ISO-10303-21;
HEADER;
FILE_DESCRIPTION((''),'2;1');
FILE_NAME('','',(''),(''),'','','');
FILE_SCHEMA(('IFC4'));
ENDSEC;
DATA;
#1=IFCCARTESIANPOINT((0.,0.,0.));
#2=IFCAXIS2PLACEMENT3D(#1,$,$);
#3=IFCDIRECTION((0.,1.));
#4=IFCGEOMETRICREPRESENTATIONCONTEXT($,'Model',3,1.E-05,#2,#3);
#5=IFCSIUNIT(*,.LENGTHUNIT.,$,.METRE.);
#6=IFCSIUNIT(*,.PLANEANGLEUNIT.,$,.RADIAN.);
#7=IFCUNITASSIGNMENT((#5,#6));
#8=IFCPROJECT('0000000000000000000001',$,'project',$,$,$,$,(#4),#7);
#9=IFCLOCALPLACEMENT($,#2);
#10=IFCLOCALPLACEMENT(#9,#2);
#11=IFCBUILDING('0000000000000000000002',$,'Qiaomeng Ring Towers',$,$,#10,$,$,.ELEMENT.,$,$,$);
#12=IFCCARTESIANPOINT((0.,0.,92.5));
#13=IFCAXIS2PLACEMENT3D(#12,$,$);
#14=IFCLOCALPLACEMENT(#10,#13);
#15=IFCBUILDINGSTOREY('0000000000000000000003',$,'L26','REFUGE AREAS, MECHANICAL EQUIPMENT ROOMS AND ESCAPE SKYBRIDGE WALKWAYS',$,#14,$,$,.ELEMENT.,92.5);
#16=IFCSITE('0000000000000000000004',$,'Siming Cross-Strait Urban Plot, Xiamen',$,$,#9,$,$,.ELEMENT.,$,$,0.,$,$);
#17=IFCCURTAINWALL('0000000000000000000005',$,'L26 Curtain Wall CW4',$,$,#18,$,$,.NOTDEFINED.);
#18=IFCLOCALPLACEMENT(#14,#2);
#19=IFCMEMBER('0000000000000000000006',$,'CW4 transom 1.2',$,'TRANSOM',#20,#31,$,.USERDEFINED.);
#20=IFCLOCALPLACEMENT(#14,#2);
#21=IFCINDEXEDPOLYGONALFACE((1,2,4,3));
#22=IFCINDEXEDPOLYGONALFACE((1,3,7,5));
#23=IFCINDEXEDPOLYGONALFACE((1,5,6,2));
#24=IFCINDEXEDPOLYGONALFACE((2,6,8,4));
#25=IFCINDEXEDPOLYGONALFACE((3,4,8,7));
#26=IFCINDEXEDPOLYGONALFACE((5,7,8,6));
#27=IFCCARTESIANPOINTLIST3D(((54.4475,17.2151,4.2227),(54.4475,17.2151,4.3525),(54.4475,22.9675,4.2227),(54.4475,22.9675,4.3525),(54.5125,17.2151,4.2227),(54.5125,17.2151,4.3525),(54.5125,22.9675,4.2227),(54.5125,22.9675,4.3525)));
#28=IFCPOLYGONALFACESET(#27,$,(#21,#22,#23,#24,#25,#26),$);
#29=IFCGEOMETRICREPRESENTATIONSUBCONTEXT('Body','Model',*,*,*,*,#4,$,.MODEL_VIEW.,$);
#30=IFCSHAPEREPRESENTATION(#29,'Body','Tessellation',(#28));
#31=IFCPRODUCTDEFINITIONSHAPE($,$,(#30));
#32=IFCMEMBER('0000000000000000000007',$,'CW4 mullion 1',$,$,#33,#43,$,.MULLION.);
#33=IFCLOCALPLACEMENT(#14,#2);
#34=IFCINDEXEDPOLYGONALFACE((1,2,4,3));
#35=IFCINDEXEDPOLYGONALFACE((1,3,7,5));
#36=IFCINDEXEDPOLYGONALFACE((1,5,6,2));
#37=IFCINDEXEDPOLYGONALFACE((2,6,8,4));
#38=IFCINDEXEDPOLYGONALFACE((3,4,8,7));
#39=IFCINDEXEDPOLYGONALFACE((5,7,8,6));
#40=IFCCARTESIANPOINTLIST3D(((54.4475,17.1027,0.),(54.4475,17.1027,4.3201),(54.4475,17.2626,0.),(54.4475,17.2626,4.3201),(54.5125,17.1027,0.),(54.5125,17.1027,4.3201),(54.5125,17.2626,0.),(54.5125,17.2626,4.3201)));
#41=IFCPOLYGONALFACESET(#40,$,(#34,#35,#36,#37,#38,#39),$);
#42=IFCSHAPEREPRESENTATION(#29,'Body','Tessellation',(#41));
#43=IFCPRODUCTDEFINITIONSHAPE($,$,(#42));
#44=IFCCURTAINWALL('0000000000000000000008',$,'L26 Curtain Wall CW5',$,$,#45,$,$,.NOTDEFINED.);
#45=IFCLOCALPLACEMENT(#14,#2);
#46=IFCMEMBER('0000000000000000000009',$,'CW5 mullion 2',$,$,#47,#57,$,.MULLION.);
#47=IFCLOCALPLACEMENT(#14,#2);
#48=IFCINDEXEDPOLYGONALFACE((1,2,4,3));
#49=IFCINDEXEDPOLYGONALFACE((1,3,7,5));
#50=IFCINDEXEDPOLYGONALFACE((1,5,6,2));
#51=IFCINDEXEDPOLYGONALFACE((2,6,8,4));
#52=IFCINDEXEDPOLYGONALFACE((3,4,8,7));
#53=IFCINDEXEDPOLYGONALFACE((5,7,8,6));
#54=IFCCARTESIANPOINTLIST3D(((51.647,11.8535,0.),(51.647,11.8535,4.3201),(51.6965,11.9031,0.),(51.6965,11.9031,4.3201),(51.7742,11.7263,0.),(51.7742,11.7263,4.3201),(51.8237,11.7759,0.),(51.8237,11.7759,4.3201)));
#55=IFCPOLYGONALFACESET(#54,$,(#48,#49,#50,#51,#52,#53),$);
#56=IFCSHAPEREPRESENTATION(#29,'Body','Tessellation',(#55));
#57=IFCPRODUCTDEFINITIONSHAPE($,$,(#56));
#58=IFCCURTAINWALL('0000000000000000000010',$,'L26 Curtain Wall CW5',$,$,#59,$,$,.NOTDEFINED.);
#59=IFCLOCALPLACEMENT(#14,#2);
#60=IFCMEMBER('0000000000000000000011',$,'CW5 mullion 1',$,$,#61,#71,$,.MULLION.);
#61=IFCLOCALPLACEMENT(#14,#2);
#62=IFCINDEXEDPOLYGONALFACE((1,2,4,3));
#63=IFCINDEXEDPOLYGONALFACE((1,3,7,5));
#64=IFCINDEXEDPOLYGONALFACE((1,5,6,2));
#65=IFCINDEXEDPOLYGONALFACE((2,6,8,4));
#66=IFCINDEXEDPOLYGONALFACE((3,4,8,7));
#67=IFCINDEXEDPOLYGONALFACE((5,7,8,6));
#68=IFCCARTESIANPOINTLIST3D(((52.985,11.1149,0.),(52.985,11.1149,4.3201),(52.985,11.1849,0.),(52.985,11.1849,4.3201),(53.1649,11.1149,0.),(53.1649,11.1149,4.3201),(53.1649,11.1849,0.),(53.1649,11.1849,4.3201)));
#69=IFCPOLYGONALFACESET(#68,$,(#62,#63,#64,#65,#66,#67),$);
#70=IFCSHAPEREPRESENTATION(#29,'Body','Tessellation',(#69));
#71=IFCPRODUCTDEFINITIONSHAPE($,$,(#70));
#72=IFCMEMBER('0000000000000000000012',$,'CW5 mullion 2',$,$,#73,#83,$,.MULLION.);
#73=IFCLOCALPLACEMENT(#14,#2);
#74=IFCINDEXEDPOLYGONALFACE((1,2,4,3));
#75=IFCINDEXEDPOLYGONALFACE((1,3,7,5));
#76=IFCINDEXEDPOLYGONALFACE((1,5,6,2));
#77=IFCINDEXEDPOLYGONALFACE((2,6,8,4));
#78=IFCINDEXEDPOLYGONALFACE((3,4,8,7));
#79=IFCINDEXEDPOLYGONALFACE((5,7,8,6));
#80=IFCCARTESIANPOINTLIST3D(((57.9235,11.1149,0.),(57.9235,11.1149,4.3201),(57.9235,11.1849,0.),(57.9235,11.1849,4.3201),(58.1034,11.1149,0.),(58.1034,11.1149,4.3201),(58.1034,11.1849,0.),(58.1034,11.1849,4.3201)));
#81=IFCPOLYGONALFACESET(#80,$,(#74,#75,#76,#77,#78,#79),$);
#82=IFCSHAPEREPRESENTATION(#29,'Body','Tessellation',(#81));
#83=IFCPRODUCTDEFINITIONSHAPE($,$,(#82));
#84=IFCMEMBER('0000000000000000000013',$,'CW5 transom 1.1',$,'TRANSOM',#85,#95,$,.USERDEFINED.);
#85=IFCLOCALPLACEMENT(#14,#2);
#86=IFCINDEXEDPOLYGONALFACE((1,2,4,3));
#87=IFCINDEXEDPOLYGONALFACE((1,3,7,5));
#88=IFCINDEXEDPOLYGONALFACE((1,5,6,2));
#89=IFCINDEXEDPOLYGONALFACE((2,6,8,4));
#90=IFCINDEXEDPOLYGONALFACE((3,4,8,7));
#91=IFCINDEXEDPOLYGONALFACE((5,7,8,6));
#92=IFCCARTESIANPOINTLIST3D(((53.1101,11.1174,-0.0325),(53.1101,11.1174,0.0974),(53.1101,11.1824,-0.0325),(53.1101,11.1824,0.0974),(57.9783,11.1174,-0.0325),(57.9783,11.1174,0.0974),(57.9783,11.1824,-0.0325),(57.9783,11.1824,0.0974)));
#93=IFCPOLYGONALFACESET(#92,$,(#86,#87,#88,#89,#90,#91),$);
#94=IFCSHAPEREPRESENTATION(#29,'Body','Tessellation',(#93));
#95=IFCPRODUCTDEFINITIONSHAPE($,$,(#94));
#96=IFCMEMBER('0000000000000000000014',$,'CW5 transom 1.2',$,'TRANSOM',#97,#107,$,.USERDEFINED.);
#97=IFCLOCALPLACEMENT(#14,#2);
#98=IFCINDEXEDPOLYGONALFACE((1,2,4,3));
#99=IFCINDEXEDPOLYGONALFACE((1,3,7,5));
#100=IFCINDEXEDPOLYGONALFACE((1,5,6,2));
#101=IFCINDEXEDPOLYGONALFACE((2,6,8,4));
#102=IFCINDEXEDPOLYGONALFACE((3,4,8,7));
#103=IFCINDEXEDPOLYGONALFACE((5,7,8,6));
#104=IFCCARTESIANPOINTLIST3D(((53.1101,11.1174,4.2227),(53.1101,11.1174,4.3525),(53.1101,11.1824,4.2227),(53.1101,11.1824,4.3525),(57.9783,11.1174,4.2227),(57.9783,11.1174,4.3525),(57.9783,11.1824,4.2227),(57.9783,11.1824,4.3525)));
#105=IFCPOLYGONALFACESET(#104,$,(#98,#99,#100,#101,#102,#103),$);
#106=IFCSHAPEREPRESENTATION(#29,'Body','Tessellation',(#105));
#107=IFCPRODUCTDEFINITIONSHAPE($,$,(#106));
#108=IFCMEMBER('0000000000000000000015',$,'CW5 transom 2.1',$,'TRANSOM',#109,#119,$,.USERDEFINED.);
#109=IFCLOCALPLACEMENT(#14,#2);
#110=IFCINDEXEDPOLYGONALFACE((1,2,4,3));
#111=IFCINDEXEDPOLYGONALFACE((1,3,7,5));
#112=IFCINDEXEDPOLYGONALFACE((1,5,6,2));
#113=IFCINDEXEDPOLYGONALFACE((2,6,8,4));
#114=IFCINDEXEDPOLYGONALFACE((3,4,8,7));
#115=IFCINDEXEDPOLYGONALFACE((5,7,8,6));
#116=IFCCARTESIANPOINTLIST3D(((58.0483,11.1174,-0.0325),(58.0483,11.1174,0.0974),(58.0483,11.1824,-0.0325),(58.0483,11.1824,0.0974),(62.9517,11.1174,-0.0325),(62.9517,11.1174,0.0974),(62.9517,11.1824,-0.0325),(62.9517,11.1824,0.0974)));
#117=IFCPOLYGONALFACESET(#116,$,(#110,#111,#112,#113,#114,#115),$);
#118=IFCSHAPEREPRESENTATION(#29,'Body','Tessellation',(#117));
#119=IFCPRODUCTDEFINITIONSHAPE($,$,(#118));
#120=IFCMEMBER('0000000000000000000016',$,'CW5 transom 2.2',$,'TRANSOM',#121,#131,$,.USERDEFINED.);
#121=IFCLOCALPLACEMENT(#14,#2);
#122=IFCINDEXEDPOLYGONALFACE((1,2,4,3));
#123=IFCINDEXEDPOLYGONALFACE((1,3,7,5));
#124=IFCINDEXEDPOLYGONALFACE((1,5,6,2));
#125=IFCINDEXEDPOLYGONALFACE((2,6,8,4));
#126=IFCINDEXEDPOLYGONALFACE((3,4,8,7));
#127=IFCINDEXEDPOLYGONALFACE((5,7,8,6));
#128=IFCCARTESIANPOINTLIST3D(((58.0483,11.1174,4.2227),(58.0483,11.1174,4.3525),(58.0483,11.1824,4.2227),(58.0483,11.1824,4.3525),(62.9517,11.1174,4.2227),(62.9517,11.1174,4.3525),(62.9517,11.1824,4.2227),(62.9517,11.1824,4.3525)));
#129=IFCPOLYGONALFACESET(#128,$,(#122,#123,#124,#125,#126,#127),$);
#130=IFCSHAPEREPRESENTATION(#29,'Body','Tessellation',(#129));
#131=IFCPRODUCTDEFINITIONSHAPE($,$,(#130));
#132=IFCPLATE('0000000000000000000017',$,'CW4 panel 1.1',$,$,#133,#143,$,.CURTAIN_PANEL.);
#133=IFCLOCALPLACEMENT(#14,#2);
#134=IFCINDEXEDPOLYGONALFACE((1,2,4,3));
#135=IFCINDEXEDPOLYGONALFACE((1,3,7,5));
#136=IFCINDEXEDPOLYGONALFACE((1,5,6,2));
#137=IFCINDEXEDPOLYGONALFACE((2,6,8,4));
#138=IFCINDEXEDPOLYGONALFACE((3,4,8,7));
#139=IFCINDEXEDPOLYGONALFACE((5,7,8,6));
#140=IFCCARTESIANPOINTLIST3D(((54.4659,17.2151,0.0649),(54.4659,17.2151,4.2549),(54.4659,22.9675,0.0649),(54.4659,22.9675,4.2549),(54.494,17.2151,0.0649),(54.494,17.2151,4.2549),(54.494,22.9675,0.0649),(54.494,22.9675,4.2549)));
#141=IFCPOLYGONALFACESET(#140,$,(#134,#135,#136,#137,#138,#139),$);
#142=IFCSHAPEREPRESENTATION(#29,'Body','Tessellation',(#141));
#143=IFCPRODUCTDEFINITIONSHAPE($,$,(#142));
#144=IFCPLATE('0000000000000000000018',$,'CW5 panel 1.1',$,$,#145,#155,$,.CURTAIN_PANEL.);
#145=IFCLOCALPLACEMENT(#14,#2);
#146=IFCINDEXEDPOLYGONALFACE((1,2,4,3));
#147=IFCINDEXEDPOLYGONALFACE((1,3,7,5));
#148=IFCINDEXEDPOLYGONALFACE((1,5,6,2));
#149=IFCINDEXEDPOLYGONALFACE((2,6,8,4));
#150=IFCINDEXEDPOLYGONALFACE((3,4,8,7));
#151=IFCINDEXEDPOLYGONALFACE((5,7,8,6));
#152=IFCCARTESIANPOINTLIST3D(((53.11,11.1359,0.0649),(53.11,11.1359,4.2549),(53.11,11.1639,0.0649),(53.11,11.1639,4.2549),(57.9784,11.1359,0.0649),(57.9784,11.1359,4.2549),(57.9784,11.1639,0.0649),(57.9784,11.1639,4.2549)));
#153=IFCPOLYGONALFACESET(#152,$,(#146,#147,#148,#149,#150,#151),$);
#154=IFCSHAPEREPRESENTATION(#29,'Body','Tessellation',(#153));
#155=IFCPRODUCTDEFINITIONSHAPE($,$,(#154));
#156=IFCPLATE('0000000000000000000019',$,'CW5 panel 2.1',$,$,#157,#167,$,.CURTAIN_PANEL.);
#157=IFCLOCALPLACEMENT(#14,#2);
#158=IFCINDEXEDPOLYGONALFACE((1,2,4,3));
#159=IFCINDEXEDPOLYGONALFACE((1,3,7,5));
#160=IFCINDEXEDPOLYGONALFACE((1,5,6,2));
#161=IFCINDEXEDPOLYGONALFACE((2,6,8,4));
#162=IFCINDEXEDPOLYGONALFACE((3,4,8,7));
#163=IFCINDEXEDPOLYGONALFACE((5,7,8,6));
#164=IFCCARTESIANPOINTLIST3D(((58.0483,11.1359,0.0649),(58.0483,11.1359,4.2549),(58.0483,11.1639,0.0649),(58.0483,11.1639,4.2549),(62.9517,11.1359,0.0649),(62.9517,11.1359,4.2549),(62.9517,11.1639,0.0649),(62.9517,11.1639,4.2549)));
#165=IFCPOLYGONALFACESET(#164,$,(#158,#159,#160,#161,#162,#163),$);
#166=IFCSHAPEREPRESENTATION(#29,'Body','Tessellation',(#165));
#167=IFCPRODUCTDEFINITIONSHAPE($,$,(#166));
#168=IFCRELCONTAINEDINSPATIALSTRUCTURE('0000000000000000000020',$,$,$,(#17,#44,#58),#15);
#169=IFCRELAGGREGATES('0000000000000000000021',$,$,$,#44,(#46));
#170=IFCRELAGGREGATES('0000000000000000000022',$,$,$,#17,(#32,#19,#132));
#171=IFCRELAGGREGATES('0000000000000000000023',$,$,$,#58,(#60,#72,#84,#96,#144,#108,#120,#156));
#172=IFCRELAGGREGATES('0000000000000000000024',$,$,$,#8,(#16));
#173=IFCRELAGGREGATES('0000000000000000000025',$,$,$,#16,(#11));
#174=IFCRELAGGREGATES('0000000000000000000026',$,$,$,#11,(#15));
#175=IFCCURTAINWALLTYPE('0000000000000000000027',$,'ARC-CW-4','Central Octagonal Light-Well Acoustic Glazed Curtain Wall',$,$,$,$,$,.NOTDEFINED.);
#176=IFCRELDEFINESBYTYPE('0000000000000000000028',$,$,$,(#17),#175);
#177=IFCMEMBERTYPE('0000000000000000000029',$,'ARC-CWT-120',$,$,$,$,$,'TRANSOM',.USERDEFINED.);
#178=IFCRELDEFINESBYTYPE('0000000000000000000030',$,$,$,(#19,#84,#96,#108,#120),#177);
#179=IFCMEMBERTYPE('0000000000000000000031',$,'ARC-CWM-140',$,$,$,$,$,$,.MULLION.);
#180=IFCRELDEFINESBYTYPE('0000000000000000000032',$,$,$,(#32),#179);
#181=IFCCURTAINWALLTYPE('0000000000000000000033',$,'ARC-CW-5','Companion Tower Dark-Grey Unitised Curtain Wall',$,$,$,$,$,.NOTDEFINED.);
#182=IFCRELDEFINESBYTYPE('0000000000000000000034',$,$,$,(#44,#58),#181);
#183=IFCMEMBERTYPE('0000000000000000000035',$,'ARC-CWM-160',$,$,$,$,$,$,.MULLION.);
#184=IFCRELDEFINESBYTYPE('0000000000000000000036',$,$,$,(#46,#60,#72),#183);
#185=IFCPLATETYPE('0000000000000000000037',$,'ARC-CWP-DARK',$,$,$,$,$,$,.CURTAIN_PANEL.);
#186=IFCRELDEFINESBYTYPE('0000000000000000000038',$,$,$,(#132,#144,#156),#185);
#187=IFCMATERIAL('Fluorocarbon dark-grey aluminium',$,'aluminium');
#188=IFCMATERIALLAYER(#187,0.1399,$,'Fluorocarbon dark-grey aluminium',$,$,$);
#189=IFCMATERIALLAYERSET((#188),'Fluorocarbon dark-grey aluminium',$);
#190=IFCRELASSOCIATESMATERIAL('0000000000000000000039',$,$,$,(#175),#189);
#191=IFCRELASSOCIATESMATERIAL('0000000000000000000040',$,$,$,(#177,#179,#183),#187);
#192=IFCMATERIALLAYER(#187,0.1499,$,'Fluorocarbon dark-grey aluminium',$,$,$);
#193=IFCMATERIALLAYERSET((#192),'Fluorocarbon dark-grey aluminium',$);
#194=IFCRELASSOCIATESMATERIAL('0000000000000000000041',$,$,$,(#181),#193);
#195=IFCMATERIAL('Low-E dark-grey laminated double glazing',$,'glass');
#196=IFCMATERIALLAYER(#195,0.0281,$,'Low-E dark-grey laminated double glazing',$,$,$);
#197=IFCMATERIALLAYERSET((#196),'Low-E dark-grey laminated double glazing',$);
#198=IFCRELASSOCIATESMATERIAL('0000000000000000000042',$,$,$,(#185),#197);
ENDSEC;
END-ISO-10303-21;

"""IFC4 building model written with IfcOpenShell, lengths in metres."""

from ifc_helpers import new_model, si_unit, direction, frame, origin, origin_2d, place, context, subcontext, project, spatial, rectangle, extrude, source, transform, mapped, material, layer, layer_set, material_profile, profile_set, type_object, element, aggregate, save


model = new_model("IFC4")

# Units and contexts
model_context = context("Model", 3, precision=1e-05, world=origin(), true_north=direction((0.0, 1.0)))
body_context = subcontext(model_context, "Body", "Model", "MODEL_VIEW")
ifc_project = project(units=[si_unit("LENGTHUNIT", "METRE"), si_unit("PLANEANGLEUNIT", "RADIAN")], contexts=[model_context])

# Site, building, storey
site_placement = place(None, origin())
site = spatial("IfcSite", under=ifc_project, at=site_placement, Name="Siming Cross-Strait Urban Plot, Xiamen", CompositionType="ELEMENT", RefElevation=0.0)
building_placement = place(site_placement, origin())
building = spatial("IfcBuilding", under=site, at=building_placement, Name="Qiaomeng Ring Towers", CompositionType="ELEMENT")
storey_placement = place(building_placement, frame((0.0, 0.0, 92.5)))
storey = spatial("IfcBuildingStorey", under=building, at=storey_placement, Name="L26", Description="REFUGE AREAS, MECHANICAL EQUIPMENT ROOMS AND ESCAPE SKYBRIDGE WALKWAYS", CompositionType="ELEMENT", Elevation=92.5)

# Curtain wall, members
ifc_material_1 = material(Name="Fluorocarbon dark-grey aluminium", Category="aluminium")
ifc_layer_1 = layer(ifc_material_1, 0.1399, Name="Fluorocarbon dark-grey aluminium")
ifc_layer_set_1 = layer_set([ifc_layer_1], Name="Fluorocarbon dark-grey aluminium")
curtain_wall_type_1 = type_object("IfcCurtainWallType", Name="ARC-CW-4", Description="Central Octagonal Light-Well Acoustic Glazed Curtain Wall", PredefinedType="NOTDEFINED", material=ifc_layer_set_1)
curtain_wall_1_placement = place(storey_placement, origin())
curtain_wall_1 = element("IfcCurtainWall", 1, at=curtain_wall_1_placement, inside=storey, type_object=curtain_wall_type_1, Name="L26 Curtain Wall CW4", PredefinedType="NOTDEFINED")
ifc_material_profile_1 = material_profile(ifc_material_1, rectangle(XDim=0.0649, YDim=0.1299, at=origin_2d()), Name="ALU TRAN 65x130")
ifc_profile_set_1 = profile_set([ifc_material_profile_1], Name="Fluorocarbon dark-grey aluminium")
member_type_1 = type_object("IfcMemberType", Name="ARC-CWT-120", ElementType="TRANSOM", PredefinedType="USERDEFINED", material=ifc_profile_set_1)
shared_shape_1 = source(origin(), body_context, "Body", "SweptSolid", [
    extrude(rectangle(XDim=0.0649, YDim=0.1299, at=origin_2d()), origin(), (0.0, 0.0, 1.0), 5.7524),
])
member_1_placement = place(storey_placement, frame((54.48, 17.2151, 4.2876), z_axis=(0.0, 1.0, 0.0), x_axis=(-1.0, 0.0, 0.0)))
member_1 = element("IfcMember", 2, at=member_1_placement, type_object=member_type_1, Name="CW4 transom 1.2", ObjectType="TRANSOM", PredefinedType="USERDEFINED", context=body_context, shape_type="MappedRepresentation", body=[
    mapped(shared_shape_1, transform((0.0, 0.0, 0.0), x_axis=(1.0, 0.0, 0.0), y_axis=(0.0, 1.0, 0.0), z_axis=(0.0, 0.0, 1.0), scale=1.0)),
])
ifc_material_profile_2 = material_profile(ifc_material_1, rectangle(XDim=0.0649, YDim=0.1599, at=origin_2d()), Name="ALU MULL 65x160")
ifc_profile_set_2 = profile_set([ifc_material_profile_2], Name="Fluorocarbon dark-grey aluminium")
member_type_2 = type_object("IfcMemberType", Name="ARC-CWM-140", PredefinedType="MULLION", material=ifc_profile_set_2)
shared_shape_2 = source(origin(), body_context, "Body", "SweptSolid", [
    extrude(rectangle(XDim=0.0649, YDim=0.1599, at=origin_2d()), origin(), (0.0, 0.0, 1.0), 4.3201),
])
member_2_placement = place(storey_placement, frame((54.48, 17.1826, 0.0), z_axis=(0.0, 0.0, 1.0), x_axis=(-1.0, 0.0, 0.0)))
member_2 = element("IfcMember", 3, at=member_2_placement, type_object=member_type_2, Name="CW4 mullion 1", PredefinedType="MULLION", context=body_context, shape_type="MappedRepresentation", body=[
    mapped(shared_shape_2, transform((0.0, 0.0, 0.0), x_axis=(1.0, 0.0, 0.0), y_axis=(0.0, 1.0, 0.0), z_axis=(0.0, 0.0, 1.0), scale=1.0)),
])

# Curtain wall, member
ifc_layer_2 = layer(ifc_material_1, 0.1499, Name="Fluorocarbon dark-grey aluminium")
ifc_layer_set_2 = layer_set([ifc_layer_2], Name="Fluorocarbon dark-grey aluminium")
curtain_wall_type_2 = type_object("IfcCurtainWallType", Name="ARC-CW-5", Description="Companion Tower Dark-Grey Unitised Curtain Wall", PredefinedType="NOTDEFINED", material=ifc_layer_set_2)
curtain_wall_2_placement = place(storey_placement, origin())
curtain_wall_2 = element("IfcCurtainWall", 4, at=curtain_wall_2_placement, inside=storey, type_object=curtain_wall_type_2, Name="L26 Curtain Wall CW5", PredefinedType="NOTDEFINED")
ifc_material_profile_3 = material_profile(ifc_material_1, rectangle(XDim=0.0701, YDim=0.1799, at=origin_2d()), Name="ALU MULL 70x180")
ifc_profile_set_3 = profile_set([ifc_material_profile_3], Name="Fluorocarbon dark-grey aluminium")
member_type_3 = type_object("IfcMemberType", Name="ARC-CWM-160", PredefinedType="MULLION", material=ifc_profile_set_3)
shared_shape_3 = source(origin(), body_context, "Body", "SweptSolid", [
    extrude(rectangle(XDim=0.0701, YDim=0.1799, at=origin_2d()), origin(), (0.0, 0.0, 1.0), 4.3201),
])
member_3_placement = place(storey_placement, frame((51.7354, 11.8147, 0.0), z_axis=(0.0, 0.0, 1.0), x_axis=(0.707107, 0.707107, 0.0)))
member_3 = element("IfcMember", 5, at=member_3_placement, type_object=member_type_3, Name="CW5 mullion 2", PredefinedType="MULLION", context=body_context, shape_type="MappedRepresentation", body=[
    mapped(shared_shape_3, transform((0.0, 0.0, 0.0), x_axis=(1.0, 0.0, 0.0), y_axis=(0.0, 1.0, 0.0), z_axis=(0.0, 0.0, 1.0), scale=1.0)),
])
aggregate(curtain_wall_2, [member_3])

# Curtain wall, members
curtain_wall_3_placement = place(storey_placement, origin())
curtain_wall_3 = element("IfcCurtainWall", 6, at=curtain_wall_3_placement, inside=storey, type_object=curtain_wall_type_2, Name="L26 Curtain Wall CW5", PredefinedType="NOTDEFINED")
member_4_placement = place(storey_placement, frame((53.075, 11.1499, 0.0), z_axis=(0.0, 0.0, 1.0), x_axis=(0.0, 1.0, 0.0)))
member_4 = element("IfcMember", 7, at=member_4_placement, type_object=member_type_3, Name="CW5 mullion 1", PredefinedType="MULLION", context=body_context, shape_type="MappedRepresentation", body=[
    mapped(shared_shape_3, transform((0.0, 0.0, 0.0), x_axis=(1.0, 0.0, 0.0), y_axis=(0.0, 1.0, 0.0), z_axis=(0.0, 0.0, 1.0), scale=1.0)),
])
member_5_placement = place(storey_placement, frame((58.0134, 11.1499, 0.0), z_axis=(0.0, 0.0, 1.0), x_axis=(0.0, 1.0, 0.0)))
member_5 = element("IfcMember", 8, at=member_5_placement, type_object=member_type_3, Name="CW5 mullion 2", PredefinedType="MULLION", context=body_context, shape_type="MappedRepresentation", body=[
    mapped(shared_shape_3, transform((0.0, 0.0, 0.0), x_axis=(1.0, 0.0, 0.0), y_axis=(0.0, 1.0, 0.0), z_axis=(0.0, 0.0, 1.0), scale=1.0)),
])
shared_shape_4 = source(origin(), body_context, "Body", "SweptSolid", [
    extrude(rectangle(XDim=0.0649, YDim=0.1299, at=origin_2d()), origin(), (0.0, 0.0, 1.0), 4.8682),
])
member_6_placement = place(storey_placement, frame((53.1101, 11.1499, 0.0325), z_axis=(1.0, 0.0, 0.0), x_axis=(0.0, 1.0, 0.0)))
member_6 = element("IfcMember", 9, at=member_6_placement, type_object=member_type_1, Name="CW5 transom 1.1", ObjectType="TRANSOM", PredefinedType="USERDEFINED", context=body_context, shape_type="MappedRepresentation", body=[
    mapped(shared_shape_4, transform((0.0, 0.0, 0.0), x_axis=(1.0, 0.0, 0.0), y_axis=(0.0, 1.0, 0.0), z_axis=(0.0, 0.0, 1.0), scale=1.0)),
])
member_7_placement = place(storey_placement, frame((53.1101, 11.1499, 4.2876), z_axis=(1.0, 0.0, 0.0), x_axis=(0.0, 1.0, 0.0)))
member_7 = element("IfcMember", 10, at=member_7_placement, type_object=member_type_1, Name="CW5 transom 1.2", ObjectType="TRANSOM", PredefinedType="USERDEFINED", context=body_context, shape_type="MappedRepresentation", body=[
    mapped(shared_shape_4, transform((0.0, 0.0, 0.0), x_axis=(1.0, 0.0, 0.0), y_axis=(0.0, 1.0, 0.0), z_axis=(0.0, 0.0, 1.0), scale=1.0)),
])
shared_shape_5 = source(origin(), body_context, "Body", "SweptSolid", [
    extrude(rectangle(XDim=0.0649, YDim=0.1299, at=origin_2d()), origin(), (0.0, 0.0, 1.0), 4.9033),
])
member_8_placement = place(storey_placement, frame((58.0483, 11.1499, 0.0325), z_axis=(1.0, 0.0, 0.0), x_axis=(0.0, 1.0, 0.0)))
member_8 = element("IfcMember", 11, at=member_8_placement, type_object=member_type_1, Name="CW5 transom 2.1", ObjectType="TRANSOM", PredefinedType="USERDEFINED", context=body_context, shape_type="MappedRepresentation", body=[
    mapped(shared_shape_5, transform((0.0, 0.0, 0.0), x_axis=(1.0, 0.0, 0.0), y_axis=(0.0, 1.0, 0.0), z_axis=(0.0, 0.0, 1.0), scale=1.0)),
])
member_9_placement = place(storey_placement, frame((58.0483, 11.1499, 4.2876), z_axis=(1.0, 0.0, 0.0), x_axis=(0.0, 1.0, 0.0)))
member_9 = element("IfcMember", 12, at=member_9_placement, type_object=member_type_1, Name="CW5 transom 2.2", ObjectType="TRANSOM", PredefinedType="USERDEFINED", context=body_context, shape_type="MappedRepresentation", body=[
    mapped(shared_shape_5, transform((0.0, 0.0, 0.0), x_axis=(1.0, 0.0, 0.0), y_axis=(0.0, 1.0, 0.0), z_axis=(0.0, 0.0, 1.0), scale=1.0)),
])

# Plates
ifc_material_2 = material(Name="Low-E dark-grey laminated double glazing", Category="glass")
ifc_layer_3 = layer(ifc_material_2, 0.0281, Name="Low-E dark-grey laminated double glazing")
ifc_layer_set_3 = layer_set([ifc_layer_3], Name="Low-E dark-grey laminated double glazing")
plate_type = type_object("IfcPlateType", Name="ARC-CWP-DARK", PredefinedType="CURTAIN_PANEL", material=ifc_layer_set_3)
shared_shape_6 = source(origin(), body_context, "Body", "SweptSolid", [
    extrude(rectangle(XDim=5.7524, YDim=0.0281, at=origin_2d()), origin(), (0.0, 0.0, 1.0), 4.1899),
])
plate_1_placement = place(storey_placement, frame((54.48, 20.0913, 0.0649), z_axis=(0.0, 0.0, 1.0), x_axis=(0.0, 1.0, 0.0)))
plate_1 = element("IfcPlate", 13, at=plate_1_placement, type_object=plate_type, Name="CW4 panel 1.1", PredefinedType="CURTAIN_PANEL", context=body_context, shape_type="MappedRepresentation", body=[
    mapped(shared_shape_6, transform((0.0, 0.0, 0.0), x_axis=(1.0, 0.0, 0.0), y_axis=(0.0, 1.0, 0.0), z_axis=(0.0, 0.0, 1.0), scale=1.0)),
])
aggregate(curtain_wall_1, [member_2, member_1, plate_1])
shared_shape_7 = source(origin(), body_context, "Body", "SweptSolid", [
    extrude(rectangle(XDim=4.8684, YDim=0.0281, at=origin_2d()), origin(), (0.0, 0.0, 1.0), 4.1899),
])
plate_2_placement = place(storey_placement, frame((55.5442, 11.1499, 0.0649), z_axis=(0.0, 0.0, 1.0), x_axis=(1.0, 0.0, 0.0)))
plate_2 = element("IfcPlate", 14, at=plate_2_placement, type_object=plate_type, Name="CW5 panel 1.1", PredefinedType="CURTAIN_PANEL", context=body_context, shape_type="MappedRepresentation", body=[
    mapped(shared_shape_7, transform((0.0, 0.0, 0.0), x_axis=(1.0, 0.0, 0.0), y_axis=(0.0, 1.0, 0.0), z_axis=(0.0, 0.0, 1.0), scale=1.0)),
])
shared_shape_8 = source(origin(), body_context, "Body", "SweptSolid", [
    extrude(rectangle(XDim=4.9033, YDim=0.0281, at=origin_2d()), origin(), (0.0, 0.0, 1.0), 4.1899),
])
plate_3_placement = place(storey_placement, frame((60.5, 11.1499, 0.0649), z_axis=(0.0, 0.0, 1.0), x_axis=(1.0, 0.0, 0.0)))
plate_3 = element("IfcPlate", 15, at=plate_3_placement, type_object=plate_type, Name="CW5 panel 2.1", PredefinedType="CURTAIN_PANEL", context=body_context, shape_type="MappedRepresentation", body=[
    mapped(shared_shape_8, transform((0.0, 0.0, 0.0), x_axis=(1.0, 0.0, 0.0), y_axis=(0.0, 1.0, 0.0), z_axis=(0.0, 0.0, 1.0), scale=1.0)),
])
aggregate(curtain_wall_3, [member_4, member_5, member_6, member_7, plate_2, member_8, member_9, plate_3])

save(model, "model.ifc")
